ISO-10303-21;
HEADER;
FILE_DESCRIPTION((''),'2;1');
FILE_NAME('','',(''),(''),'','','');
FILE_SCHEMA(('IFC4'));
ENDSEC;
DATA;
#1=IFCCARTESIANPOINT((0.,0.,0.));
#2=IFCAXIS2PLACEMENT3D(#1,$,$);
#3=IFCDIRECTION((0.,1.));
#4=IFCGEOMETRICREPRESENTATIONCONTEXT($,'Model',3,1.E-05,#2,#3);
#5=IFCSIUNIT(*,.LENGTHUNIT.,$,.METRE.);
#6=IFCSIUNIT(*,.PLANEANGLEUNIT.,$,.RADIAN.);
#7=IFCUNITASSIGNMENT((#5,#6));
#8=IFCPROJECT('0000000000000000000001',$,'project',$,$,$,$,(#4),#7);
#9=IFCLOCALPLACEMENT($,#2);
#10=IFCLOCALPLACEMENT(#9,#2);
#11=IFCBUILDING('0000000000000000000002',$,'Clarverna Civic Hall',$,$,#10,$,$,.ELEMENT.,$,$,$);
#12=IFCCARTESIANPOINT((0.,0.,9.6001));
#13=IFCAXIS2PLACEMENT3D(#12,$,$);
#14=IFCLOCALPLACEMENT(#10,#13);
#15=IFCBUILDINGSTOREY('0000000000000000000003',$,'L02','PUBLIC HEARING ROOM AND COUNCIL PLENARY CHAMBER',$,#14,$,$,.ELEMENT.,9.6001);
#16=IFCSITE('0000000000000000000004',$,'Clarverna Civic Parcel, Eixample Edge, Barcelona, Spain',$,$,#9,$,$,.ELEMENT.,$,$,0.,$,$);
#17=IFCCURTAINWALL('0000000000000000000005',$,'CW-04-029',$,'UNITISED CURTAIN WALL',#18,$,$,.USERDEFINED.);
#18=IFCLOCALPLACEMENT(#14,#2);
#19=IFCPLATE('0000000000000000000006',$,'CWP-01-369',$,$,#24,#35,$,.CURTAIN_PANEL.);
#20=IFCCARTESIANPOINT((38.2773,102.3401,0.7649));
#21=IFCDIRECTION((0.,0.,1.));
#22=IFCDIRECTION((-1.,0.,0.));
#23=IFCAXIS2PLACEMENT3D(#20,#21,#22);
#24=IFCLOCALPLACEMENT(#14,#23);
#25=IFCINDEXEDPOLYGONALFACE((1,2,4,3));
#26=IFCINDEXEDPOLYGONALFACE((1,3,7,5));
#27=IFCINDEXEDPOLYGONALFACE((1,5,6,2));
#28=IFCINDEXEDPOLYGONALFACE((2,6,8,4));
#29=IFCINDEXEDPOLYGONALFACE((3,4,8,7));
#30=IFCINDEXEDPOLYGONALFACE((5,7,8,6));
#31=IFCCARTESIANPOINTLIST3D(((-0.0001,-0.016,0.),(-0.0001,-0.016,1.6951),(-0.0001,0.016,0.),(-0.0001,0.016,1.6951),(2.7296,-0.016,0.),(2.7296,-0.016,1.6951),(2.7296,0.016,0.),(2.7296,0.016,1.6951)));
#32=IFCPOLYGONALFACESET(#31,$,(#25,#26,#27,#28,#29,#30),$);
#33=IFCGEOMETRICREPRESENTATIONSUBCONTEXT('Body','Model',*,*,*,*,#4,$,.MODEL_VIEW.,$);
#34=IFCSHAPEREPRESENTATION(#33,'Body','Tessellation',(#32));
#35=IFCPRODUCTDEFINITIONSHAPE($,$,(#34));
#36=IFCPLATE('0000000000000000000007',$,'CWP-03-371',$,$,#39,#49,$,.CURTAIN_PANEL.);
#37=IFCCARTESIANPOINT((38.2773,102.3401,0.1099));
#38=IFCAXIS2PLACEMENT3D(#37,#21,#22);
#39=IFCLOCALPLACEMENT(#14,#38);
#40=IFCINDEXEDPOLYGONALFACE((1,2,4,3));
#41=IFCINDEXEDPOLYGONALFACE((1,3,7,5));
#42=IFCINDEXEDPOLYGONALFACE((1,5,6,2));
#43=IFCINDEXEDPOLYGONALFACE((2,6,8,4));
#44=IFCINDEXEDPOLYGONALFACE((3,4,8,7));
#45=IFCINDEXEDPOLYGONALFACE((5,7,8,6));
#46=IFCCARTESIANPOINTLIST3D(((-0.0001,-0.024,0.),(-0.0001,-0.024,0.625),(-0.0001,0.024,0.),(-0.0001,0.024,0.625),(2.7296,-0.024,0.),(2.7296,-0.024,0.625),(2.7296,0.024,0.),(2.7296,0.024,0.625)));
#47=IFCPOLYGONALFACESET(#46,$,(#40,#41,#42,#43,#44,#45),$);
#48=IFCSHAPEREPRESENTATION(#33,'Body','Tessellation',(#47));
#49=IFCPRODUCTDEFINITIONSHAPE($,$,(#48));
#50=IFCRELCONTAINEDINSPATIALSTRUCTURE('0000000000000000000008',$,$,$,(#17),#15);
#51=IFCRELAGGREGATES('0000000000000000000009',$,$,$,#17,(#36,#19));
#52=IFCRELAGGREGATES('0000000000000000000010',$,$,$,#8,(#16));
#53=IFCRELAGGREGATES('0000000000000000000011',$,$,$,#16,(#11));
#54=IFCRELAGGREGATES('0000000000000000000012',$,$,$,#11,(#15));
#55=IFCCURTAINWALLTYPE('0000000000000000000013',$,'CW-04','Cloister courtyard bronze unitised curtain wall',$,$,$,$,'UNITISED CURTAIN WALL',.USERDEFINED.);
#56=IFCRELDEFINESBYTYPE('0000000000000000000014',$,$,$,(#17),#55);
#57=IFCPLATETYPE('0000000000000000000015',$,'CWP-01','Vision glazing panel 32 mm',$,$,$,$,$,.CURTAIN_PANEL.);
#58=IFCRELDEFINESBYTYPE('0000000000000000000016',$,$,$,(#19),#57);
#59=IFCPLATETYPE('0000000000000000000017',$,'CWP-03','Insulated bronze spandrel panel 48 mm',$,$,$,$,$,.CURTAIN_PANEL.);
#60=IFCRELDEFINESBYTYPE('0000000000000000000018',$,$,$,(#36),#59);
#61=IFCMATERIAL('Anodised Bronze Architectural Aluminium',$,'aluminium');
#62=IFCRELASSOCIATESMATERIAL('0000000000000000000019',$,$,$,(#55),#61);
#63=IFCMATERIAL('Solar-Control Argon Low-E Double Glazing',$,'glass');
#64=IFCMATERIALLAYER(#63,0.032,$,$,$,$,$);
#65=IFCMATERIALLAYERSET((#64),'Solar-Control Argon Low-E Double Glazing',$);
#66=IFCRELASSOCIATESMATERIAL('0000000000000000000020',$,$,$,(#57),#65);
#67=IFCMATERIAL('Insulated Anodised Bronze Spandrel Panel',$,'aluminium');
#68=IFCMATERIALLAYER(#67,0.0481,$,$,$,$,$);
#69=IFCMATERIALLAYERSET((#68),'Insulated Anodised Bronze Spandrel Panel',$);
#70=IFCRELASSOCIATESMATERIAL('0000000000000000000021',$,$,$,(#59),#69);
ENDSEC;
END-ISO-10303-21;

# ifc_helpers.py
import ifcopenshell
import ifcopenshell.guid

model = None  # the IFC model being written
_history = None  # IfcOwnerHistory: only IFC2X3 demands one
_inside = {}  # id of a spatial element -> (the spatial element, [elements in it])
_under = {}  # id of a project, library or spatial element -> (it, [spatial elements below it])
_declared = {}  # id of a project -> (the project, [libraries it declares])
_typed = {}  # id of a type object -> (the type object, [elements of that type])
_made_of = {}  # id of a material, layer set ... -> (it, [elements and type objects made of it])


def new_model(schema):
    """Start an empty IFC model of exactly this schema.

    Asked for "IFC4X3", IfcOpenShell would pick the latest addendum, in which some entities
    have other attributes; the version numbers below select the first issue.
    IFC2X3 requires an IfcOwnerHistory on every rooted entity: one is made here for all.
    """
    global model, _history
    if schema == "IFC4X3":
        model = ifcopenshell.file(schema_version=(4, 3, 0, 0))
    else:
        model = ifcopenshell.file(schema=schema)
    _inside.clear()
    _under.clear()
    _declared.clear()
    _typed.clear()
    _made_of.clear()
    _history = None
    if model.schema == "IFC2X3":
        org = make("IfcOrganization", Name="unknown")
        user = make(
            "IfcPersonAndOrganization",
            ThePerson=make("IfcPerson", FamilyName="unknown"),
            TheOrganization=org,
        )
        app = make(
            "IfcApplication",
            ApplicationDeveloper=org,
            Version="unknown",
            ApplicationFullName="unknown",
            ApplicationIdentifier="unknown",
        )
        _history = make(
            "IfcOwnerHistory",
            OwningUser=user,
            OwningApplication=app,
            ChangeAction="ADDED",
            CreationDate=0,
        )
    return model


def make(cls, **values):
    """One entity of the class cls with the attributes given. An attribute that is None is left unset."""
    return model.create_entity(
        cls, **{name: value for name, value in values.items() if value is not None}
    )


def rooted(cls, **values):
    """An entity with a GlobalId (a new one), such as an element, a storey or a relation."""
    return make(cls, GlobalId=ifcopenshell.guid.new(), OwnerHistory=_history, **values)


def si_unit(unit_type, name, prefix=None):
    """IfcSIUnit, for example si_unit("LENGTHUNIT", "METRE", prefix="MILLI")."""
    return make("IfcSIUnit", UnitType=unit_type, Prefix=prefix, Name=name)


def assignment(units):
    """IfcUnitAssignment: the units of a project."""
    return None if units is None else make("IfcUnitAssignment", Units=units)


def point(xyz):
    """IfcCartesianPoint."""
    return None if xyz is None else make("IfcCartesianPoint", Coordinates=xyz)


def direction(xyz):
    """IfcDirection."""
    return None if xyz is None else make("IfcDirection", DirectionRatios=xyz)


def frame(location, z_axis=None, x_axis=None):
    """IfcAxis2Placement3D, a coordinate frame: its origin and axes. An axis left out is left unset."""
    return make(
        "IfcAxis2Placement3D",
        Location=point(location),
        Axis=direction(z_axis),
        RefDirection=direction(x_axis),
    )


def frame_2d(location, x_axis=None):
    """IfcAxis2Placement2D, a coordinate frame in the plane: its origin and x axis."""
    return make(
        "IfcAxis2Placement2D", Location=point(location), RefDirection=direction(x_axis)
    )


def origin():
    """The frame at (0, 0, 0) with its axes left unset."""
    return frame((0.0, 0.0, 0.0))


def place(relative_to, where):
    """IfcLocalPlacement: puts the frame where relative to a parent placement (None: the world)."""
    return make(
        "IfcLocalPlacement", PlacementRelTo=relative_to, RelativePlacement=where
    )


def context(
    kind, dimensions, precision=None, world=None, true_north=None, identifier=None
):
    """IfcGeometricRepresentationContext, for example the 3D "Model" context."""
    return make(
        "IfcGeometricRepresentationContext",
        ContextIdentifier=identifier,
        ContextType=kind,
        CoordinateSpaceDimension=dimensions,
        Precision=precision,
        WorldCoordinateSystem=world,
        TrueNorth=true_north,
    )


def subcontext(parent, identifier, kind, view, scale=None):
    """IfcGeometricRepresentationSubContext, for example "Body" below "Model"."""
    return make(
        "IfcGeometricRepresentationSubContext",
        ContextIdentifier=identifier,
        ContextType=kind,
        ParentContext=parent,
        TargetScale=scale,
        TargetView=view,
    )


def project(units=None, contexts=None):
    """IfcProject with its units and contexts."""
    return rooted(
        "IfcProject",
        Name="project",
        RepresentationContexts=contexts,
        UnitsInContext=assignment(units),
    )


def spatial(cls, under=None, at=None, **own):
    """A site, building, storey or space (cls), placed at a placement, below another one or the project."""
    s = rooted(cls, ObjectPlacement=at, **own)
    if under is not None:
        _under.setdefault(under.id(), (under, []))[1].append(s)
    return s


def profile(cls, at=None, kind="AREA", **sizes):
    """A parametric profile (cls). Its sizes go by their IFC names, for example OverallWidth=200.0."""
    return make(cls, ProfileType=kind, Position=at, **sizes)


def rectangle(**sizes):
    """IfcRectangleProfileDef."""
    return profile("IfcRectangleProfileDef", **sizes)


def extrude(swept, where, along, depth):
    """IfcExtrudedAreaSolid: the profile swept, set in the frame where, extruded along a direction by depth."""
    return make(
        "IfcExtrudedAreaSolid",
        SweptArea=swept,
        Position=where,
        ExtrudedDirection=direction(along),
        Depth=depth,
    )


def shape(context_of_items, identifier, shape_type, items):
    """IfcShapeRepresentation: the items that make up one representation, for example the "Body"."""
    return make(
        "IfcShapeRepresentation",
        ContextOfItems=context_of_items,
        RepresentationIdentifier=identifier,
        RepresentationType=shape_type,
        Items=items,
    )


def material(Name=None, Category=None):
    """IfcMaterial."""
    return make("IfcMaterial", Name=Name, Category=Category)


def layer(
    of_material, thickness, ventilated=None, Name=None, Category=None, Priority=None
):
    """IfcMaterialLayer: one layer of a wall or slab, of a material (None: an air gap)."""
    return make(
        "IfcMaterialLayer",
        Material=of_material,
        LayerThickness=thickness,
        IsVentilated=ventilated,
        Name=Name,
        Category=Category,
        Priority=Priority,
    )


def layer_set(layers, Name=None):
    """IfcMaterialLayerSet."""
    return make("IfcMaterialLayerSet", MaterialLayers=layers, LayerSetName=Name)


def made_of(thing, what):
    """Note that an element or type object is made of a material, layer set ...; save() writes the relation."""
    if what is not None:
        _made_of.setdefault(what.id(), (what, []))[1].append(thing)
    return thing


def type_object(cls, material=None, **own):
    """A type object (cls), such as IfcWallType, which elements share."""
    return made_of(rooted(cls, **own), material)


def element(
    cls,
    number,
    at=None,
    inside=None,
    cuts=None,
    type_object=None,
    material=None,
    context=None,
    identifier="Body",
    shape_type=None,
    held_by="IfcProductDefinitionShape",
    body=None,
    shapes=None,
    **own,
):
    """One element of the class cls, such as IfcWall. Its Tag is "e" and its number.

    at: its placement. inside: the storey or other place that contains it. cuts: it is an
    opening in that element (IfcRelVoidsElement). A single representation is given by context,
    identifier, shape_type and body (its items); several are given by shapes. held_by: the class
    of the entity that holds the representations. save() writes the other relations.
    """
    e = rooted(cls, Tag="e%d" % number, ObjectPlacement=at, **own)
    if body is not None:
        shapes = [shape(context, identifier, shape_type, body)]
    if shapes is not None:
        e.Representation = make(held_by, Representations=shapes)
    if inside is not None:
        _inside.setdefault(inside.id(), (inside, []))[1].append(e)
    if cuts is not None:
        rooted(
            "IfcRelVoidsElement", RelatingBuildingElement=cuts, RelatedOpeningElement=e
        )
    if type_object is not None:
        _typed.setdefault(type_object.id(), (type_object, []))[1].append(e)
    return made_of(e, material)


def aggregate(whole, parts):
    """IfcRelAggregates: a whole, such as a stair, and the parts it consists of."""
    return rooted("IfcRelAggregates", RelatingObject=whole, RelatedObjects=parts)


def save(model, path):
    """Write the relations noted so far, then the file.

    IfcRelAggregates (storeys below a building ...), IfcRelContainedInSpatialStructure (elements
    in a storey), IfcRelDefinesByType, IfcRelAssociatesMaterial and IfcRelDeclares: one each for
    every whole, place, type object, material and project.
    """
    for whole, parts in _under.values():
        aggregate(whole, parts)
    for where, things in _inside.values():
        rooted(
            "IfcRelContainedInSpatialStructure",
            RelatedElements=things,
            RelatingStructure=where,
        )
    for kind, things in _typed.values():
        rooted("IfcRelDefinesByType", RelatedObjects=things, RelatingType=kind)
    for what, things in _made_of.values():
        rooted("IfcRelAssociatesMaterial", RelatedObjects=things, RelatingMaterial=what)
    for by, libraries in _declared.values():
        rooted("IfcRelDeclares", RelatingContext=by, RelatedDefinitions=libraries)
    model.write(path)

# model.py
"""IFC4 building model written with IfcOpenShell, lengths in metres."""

from ifc_helpers import new_model, si_unit, direction, frame, frame_2d, origin, place, context, subcontext, project, spatial, rectangle, extrude, material, layer, layer_set, type_object, element, aggregate, save


model = new_model("IFC4")

# Units and contexts
model_context = context("Model", 3, precision=1e-05, world=origin(), true_north=direction((0.0, 1.0)))
body_context = subcontext(model_context, "Body", "Model", "MODEL_VIEW")
ifc_project = project(units=[si_unit("LENGTHUNIT", "METRE"), si_unit("PLANEANGLEUNIT", "RADIAN")], contexts=[model_context])

# Site, building, storey
site_placement = place(None, origin())
site = spatial("IfcSite", under=ifc_project, at=site_placement, Name="Clarverna Civic Parcel, Eixample Edge, Barcelona, Spain", CompositionType="ELEMENT", RefElevation=0.0)
building_placement = place(site_placement, origin())
building = spatial("IfcBuilding", under=site, at=building_placement, Name="Clarverna Civic Hall", CompositionType="ELEMENT")
storey_placement = place(building_placement, frame((0.0, 0.0, 9.6001)))
storey = spatial("IfcBuildingStorey", under=building, at=storey_placement, Name="L02", Description="PUBLIC HEARING ROOM AND COUNCIL PLENARY CHAMBER", CompositionType="ELEMENT", Elevation=9.6001)

# Curtain wall
ifc_material_1 = material(Name="Anodised Bronze Architectural Aluminium", Category="aluminium")
curtain_wall_type = type_object("IfcCurtainWallType", Name="CW-04", Description="Cloister courtyard bronze unitised curtain wall", ElementType="UNITISED CURTAIN WALL", PredefinedType="USERDEFINED", material=ifc_material_1)
curtain_wall_1_placement = place(storey_placement, origin())
curtain_wall_1 = element("IfcCurtainWall", 1, at=curtain_wall_1_placement, inside=storey, type_object=curtain_wall_type, Name="CW-04-029", ObjectType="UNITISED CURTAIN WALL", PredefinedType="USERDEFINED")

# Plates
ifc_material_2 = material(Name="Solar-Control Argon Low-E Double Glazing", Category="glass")
ifc_layer_1 = layer(ifc_material_2, 0.032)
ifc_layer_set_1 = layer_set([ifc_layer_1], Name="Solar-Control Argon Low-E Double Glazing")
plate_type_1 = type_object("IfcPlateType", Name="CWP-01", Description="Vision glazing panel 32 mm", PredefinedType="CURTAIN_PANEL", material=ifc_layer_set_1)
plate_1_placement = place(storey_placement, frame((38.2773, 102.3401, 0.7649), z_axis=(0.0, 0.0, 1.0), x_axis=(-1.0, 0.0, 0.0)))
plate_1 = element("IfcPlate", 2, at=plate_1_placement, type_object=plate_type_1, Name="CWP-01-369", PredefinedType="CURTAIN_PANEL", context=body_context, shape_type="SweptSolid", body=[
    extrude(rectangle(XDim=2.7297, YDim=0.032, at=frame_2d((1.3647, 0.0))), origin(), (0.0, 0.0, 1.0), 1.6951),
])
ifc_material_3 = material(Name="Insulated Anodised Bronze Spandrel Panel", Category="aluminium")
ifc_layer_2 = layer(ifc_material_3, 0.0481)
ifc_layer_set_2 = layer_set([ifc_layer_2], Name="Insulated Anodised Bronze Spandrel Panel")
plate_type_2 = type_object("IfcPlateType", Name="CWP-03", Description="Insulated bronze spandrel panel 48 mm", PredefinedType="CURTAIN_PANEL", material=ifc_layer_set_2)
plate_2_placement = place(storey_placement, frame((38.2773, 102.3401, 0.1099), z_axis=(0.0, 0.0, 1.0), x_axis=(-1.0, 0.0, 0.0)))
plate_2 = element("IfcPlate", 3, at=plate_2_placement, type_object=plate_type_2, Name="CWP-03-371", PredefinedType="CURTAIN_PANEL", context=body_context, shape_type="SweptSolid", body=[
    extrude(rectangle(XDim=2.7297, YDim=0.0481, at=frame_2d((1.3647, 0.0))), origin(), (0.0, 0.0, 1.0), 0.625),
])
aggregate(curtain_wall_1, [plate_2, plate_1])

save(model, "model.ifc")
